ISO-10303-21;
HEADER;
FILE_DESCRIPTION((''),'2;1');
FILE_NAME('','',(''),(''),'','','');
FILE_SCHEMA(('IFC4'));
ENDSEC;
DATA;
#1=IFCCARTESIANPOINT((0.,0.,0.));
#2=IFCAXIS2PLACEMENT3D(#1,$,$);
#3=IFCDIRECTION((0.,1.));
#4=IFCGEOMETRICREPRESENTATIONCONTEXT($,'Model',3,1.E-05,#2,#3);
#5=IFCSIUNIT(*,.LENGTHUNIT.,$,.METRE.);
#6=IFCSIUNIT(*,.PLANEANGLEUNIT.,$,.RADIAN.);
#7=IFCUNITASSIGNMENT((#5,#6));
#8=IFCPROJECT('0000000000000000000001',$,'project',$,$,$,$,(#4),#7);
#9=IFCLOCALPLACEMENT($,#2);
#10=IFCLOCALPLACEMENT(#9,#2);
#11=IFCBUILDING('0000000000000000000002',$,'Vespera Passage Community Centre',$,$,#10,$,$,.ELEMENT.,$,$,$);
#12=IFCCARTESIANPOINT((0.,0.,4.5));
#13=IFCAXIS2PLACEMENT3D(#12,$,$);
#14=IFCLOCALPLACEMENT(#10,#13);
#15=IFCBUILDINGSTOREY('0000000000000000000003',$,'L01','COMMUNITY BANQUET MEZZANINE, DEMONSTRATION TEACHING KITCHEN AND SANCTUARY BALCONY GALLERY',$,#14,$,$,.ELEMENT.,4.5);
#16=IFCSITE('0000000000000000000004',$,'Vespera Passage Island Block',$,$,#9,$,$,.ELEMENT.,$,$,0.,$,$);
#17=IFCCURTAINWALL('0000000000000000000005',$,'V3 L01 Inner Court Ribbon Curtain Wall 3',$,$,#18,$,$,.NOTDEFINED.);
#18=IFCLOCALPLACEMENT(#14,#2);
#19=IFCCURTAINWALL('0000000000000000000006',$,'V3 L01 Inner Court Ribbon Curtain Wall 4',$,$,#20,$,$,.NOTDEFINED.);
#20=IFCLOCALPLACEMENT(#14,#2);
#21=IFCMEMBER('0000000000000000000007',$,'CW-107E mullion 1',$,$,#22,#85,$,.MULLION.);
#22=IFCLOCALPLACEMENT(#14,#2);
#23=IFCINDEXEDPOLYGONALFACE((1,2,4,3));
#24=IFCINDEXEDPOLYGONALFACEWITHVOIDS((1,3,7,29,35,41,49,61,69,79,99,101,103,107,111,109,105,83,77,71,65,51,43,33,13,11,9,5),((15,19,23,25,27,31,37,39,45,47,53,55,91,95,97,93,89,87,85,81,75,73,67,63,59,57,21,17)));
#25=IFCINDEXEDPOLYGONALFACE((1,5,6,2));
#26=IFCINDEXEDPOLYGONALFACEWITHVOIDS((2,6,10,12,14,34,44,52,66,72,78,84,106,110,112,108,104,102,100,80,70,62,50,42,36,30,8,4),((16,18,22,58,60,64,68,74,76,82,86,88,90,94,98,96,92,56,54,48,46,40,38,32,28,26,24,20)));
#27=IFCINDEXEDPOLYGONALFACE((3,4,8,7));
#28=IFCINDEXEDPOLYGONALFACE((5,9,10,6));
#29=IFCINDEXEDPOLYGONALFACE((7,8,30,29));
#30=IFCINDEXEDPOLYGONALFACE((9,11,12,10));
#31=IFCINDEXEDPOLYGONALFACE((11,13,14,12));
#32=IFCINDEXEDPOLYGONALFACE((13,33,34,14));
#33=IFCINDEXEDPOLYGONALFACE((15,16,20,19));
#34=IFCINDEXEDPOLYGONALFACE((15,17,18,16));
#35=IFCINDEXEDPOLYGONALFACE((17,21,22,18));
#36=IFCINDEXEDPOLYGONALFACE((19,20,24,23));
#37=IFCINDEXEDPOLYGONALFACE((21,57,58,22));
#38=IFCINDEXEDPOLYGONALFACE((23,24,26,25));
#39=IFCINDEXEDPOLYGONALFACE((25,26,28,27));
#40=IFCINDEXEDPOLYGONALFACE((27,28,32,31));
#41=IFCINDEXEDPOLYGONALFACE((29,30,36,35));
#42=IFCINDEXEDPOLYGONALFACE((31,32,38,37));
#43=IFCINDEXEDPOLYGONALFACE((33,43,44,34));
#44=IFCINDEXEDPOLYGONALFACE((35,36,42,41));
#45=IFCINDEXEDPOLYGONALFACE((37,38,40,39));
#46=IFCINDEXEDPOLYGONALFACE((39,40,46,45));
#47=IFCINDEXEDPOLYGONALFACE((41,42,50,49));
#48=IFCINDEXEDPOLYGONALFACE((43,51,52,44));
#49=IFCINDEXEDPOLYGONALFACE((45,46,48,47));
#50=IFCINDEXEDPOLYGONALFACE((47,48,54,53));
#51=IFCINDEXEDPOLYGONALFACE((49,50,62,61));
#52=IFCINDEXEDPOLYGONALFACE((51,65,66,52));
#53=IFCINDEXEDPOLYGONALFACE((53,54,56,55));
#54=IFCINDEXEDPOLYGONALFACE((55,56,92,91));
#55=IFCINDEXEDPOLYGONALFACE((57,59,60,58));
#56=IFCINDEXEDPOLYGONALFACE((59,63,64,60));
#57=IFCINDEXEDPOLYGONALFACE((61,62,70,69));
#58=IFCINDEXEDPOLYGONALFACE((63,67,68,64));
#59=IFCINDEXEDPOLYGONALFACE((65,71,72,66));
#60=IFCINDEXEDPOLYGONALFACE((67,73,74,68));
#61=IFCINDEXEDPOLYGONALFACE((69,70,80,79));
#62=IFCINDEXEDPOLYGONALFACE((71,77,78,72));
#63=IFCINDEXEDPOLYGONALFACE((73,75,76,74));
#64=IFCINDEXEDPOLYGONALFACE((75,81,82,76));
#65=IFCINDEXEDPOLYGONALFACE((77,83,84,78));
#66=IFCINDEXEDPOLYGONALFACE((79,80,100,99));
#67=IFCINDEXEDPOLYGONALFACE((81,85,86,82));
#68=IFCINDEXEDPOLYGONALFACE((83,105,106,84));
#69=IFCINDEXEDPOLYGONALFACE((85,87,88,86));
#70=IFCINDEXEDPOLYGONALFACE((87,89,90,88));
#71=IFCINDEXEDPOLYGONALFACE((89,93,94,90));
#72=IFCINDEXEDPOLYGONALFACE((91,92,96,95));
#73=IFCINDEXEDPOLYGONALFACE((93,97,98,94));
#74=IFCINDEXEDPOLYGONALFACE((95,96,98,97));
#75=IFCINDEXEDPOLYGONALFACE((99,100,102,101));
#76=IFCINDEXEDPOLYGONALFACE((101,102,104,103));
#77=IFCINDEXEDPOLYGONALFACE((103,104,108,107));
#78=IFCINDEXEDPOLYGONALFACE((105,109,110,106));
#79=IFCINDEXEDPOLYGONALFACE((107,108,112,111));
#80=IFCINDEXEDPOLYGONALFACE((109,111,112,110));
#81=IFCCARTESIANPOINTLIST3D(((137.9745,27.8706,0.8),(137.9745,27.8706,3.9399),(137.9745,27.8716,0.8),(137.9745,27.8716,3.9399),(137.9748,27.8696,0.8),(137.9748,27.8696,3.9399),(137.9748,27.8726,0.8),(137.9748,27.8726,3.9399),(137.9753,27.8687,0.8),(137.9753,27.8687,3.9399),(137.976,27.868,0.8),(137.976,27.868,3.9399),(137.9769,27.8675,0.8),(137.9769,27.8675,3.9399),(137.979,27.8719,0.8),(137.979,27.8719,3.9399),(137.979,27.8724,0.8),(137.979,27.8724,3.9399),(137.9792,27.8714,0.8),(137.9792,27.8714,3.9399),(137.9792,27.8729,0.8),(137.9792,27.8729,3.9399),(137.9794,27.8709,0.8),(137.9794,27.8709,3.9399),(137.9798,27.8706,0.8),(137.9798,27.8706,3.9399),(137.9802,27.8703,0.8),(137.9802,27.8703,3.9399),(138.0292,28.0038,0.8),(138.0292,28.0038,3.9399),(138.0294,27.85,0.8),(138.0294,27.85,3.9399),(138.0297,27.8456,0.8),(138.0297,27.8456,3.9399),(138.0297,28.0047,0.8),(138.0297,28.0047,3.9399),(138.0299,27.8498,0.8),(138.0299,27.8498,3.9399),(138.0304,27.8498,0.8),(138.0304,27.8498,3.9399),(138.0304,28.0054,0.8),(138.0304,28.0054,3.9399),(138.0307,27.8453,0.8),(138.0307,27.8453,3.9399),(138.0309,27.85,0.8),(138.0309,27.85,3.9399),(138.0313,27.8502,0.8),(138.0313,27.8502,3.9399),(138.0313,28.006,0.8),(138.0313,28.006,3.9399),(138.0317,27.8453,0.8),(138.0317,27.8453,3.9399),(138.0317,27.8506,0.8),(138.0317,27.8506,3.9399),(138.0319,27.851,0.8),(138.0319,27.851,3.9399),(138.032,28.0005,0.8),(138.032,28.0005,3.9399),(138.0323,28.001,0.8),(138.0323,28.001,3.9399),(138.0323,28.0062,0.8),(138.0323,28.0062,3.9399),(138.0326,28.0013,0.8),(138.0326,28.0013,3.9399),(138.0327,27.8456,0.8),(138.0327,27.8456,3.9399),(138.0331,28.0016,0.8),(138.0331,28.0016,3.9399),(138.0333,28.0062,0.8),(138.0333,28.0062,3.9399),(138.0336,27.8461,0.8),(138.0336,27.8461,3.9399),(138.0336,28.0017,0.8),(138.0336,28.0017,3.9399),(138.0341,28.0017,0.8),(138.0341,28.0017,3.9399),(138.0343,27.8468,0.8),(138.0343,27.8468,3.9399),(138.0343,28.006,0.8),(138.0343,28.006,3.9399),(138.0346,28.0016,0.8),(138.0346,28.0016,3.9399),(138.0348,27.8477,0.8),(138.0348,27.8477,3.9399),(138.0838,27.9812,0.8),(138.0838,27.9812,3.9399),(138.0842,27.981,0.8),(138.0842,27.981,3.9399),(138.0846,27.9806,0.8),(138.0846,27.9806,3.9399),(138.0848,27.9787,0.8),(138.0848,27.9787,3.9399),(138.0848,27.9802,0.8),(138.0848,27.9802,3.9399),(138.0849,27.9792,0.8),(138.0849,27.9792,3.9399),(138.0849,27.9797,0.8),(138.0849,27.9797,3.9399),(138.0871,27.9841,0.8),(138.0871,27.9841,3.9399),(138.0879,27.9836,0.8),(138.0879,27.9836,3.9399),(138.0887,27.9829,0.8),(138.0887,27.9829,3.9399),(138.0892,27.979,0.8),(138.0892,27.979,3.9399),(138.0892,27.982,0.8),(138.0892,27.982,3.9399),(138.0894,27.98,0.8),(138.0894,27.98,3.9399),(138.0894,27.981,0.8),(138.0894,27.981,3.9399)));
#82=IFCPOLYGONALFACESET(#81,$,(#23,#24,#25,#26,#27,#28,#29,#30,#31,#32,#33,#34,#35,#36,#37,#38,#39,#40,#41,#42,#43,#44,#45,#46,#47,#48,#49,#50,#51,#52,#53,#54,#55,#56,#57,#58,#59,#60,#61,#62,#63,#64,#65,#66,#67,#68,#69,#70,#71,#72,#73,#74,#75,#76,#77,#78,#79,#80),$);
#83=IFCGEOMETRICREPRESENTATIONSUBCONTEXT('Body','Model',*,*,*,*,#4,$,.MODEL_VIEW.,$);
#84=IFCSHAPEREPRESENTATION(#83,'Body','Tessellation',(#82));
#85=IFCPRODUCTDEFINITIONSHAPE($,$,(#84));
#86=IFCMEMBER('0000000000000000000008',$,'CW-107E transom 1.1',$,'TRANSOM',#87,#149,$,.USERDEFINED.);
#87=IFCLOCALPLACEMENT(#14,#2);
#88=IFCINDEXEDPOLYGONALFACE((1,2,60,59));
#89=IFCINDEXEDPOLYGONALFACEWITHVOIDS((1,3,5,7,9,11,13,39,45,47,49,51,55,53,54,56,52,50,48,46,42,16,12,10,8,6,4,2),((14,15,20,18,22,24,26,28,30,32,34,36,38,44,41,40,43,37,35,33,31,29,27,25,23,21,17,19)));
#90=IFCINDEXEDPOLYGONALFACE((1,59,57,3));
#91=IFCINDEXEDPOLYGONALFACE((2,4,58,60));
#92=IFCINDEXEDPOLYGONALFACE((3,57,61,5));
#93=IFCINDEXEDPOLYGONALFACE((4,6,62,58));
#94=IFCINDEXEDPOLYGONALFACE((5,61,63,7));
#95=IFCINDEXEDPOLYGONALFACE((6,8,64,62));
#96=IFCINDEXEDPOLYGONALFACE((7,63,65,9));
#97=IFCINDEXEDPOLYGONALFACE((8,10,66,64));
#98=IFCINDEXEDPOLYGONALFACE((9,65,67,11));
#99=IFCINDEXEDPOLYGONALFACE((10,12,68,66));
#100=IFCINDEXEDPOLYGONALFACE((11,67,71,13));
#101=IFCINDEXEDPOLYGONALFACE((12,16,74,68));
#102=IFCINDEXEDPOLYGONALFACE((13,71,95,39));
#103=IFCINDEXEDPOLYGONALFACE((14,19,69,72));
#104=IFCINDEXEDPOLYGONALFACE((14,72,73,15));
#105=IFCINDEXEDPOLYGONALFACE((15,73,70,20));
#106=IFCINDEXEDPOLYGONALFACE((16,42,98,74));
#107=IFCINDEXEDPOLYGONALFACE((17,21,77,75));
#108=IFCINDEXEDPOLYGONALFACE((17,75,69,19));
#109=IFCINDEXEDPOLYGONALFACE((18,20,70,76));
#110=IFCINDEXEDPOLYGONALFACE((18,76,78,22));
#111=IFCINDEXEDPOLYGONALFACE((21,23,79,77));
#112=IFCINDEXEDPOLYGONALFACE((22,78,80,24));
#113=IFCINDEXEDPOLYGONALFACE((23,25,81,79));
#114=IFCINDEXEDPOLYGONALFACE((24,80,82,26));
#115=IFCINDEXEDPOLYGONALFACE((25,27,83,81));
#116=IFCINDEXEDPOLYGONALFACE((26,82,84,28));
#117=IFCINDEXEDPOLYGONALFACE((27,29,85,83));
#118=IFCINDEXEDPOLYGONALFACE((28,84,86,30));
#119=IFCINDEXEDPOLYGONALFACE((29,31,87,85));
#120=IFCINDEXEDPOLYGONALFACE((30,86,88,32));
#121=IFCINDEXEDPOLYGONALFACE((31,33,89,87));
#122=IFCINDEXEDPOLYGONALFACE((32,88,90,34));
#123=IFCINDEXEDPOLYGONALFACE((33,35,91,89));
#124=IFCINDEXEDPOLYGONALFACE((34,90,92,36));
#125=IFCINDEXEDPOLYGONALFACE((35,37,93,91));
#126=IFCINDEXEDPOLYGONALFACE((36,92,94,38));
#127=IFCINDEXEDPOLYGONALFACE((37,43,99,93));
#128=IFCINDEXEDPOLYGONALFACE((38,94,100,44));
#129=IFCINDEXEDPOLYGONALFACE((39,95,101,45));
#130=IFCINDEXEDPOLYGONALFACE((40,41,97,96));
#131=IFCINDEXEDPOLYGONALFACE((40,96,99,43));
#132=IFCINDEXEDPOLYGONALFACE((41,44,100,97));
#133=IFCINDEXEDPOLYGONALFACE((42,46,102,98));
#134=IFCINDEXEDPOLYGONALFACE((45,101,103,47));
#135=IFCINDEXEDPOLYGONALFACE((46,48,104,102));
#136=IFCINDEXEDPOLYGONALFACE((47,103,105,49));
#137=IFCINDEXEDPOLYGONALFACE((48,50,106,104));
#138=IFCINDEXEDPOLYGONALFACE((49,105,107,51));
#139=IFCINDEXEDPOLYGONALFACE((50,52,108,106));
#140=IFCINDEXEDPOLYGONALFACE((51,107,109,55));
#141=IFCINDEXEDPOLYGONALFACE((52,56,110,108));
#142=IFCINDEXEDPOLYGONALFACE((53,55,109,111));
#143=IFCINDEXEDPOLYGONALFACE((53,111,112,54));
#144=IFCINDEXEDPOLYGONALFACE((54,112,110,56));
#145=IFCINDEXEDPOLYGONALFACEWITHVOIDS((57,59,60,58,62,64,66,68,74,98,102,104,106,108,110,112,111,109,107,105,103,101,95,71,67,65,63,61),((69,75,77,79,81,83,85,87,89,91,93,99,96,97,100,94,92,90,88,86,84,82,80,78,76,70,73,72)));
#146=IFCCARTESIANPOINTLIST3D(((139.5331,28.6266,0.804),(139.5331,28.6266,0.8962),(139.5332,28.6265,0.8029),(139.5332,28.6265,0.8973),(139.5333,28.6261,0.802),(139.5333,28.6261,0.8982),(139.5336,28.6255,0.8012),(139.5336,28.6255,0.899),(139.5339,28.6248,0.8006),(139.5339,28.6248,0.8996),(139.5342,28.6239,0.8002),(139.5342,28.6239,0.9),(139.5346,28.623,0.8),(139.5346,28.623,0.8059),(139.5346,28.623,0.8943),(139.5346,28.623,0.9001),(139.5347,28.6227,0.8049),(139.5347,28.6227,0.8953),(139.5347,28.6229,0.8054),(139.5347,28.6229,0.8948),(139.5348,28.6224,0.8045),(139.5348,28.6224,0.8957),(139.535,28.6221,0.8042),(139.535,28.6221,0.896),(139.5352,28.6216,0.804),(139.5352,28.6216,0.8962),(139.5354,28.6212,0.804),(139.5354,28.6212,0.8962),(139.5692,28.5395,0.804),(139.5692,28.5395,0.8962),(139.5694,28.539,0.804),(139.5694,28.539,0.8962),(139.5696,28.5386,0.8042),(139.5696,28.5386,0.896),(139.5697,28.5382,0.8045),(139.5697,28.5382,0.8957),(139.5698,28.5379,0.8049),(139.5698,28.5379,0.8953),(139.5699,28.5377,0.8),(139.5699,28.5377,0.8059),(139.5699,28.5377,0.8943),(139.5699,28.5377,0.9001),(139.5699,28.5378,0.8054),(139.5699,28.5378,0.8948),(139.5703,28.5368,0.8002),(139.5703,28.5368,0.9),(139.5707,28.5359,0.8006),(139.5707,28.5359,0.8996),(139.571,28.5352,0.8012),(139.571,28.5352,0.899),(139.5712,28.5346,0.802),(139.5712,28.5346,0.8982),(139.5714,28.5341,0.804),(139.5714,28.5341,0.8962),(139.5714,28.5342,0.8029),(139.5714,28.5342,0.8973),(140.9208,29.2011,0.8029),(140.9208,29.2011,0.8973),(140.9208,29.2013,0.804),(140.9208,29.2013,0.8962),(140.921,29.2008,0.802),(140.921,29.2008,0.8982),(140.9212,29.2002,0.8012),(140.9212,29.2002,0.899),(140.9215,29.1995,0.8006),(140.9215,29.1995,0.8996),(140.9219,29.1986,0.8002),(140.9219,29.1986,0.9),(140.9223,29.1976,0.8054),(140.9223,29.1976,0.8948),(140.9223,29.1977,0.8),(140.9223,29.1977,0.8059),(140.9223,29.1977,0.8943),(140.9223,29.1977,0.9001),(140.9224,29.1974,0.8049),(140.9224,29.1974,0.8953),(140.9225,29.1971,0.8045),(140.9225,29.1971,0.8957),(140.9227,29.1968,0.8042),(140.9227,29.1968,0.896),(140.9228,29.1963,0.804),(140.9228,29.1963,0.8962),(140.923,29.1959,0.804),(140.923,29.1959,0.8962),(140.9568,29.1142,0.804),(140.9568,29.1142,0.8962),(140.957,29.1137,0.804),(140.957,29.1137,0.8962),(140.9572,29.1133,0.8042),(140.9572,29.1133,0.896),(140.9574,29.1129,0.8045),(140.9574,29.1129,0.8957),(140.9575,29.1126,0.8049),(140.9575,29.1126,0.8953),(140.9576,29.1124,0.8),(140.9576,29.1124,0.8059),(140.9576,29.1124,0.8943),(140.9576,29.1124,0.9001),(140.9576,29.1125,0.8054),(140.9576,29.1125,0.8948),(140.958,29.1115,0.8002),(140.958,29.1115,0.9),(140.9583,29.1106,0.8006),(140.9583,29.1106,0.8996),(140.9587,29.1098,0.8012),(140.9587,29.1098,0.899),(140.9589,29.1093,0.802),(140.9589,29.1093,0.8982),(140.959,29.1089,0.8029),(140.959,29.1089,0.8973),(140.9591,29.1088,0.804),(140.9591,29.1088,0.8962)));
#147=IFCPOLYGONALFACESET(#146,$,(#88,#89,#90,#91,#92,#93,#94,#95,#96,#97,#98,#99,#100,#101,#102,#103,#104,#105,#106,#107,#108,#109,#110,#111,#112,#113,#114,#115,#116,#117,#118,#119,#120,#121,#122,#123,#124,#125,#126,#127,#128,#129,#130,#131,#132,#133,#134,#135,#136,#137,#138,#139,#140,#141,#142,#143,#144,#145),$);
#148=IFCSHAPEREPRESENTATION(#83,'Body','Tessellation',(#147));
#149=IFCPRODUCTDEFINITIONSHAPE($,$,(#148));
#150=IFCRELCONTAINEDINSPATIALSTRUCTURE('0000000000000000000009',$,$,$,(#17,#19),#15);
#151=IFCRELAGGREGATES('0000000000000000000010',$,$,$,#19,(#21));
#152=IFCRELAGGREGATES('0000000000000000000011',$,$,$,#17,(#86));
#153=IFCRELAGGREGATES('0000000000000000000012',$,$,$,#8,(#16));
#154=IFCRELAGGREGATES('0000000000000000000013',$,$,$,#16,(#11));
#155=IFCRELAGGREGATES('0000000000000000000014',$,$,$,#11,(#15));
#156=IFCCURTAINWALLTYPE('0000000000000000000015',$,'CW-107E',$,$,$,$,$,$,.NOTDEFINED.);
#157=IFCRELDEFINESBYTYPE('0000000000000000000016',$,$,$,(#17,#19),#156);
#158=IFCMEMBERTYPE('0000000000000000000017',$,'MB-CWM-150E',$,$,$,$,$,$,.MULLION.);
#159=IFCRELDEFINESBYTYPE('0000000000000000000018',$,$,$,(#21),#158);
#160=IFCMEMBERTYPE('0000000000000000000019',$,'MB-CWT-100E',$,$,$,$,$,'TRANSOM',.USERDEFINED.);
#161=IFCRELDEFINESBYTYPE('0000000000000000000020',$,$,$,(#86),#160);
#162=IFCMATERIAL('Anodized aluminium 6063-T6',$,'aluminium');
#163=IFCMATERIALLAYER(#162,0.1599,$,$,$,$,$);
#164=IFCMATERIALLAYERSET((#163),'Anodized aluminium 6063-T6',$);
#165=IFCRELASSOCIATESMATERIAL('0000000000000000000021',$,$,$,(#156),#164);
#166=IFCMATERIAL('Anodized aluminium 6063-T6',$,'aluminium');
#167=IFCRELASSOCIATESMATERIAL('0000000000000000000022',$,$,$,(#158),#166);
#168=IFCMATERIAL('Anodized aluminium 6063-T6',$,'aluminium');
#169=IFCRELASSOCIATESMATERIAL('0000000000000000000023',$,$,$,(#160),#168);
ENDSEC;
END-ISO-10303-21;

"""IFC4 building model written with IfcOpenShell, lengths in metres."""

from ifc_helpers import new_model, si_unit, direction, frame, origin, origin_2d, place, context, subcontext, project, spatial, hollow_rectangle, extrude, material, layer, layer_set, material_profile, profile_set, type_object, element, aggregate, save


model = new_model("IFC4")

# Units and contexts
model_context = context("Model", 3, precision=1e-05, world=origin(), true_north=direction((0.0, 1.0)))
body_context = subcontext(model_context, "Body", "Model", "MODEL_VIEW")
ifc_project = project(units=[si_unit("LENGTHUNIT", "METRE"), si_unit("PLANEANGLEUNIT", "RADIAN")], contexts=[model_context])

# Site, building, storey
site_placement = place(None, origin())
site = spatial("IfcSite", under=ifc_project, at=site_placement, Name="Vespera Passage Island Block", CompositionType="ELEMENT", RefElevation=0.0)
building_placement = place(site_placement, origin())
building = spatial("IfcBuilding", under=site, at=building_placement, Name="Vespera Passage Community Centre", CompositionType="ELEMENT")
storey_placement = place(building_placement, frame((0.0, 0.0, 4.5)))
storey = spatial("IfcBuildingStorey", under=building, at=storey_placement, Name="L01", Description="COMMUNITY BANQUET MEZZANINE, DEMONSTRATION TEACHING KITCHEN AND SANCTUARY BALCONY GALLERY", CompositionType="ELEMENT", Elevation=4.5)

# Curtain wall
ifc_material_1 = material(Name="Anodized aluminium 6063-T6", Category="aluminium")
ifc_layer_1 = layer(ifc_material_1, 0.1599)
ifc_layer_set_1 = layer_set([ifc_layer_1], Name="Anodized aluminium 6063-T6")
curtain_wall_type = type_object("IfcCurtainWallType", Name="CW-107E", PredefinedType="NOTDEFINED", material=ifc_layer_set_1)
curtain_wall_1_placement = place(storey_placement, origin())
curtain_wall_1 = element("IfcCurtainWall", 1, at=curtain_wall_1_placement, inside=storey, type_object=curtain_wall_type, Name="V3 L01 Inner Court Ribbon Curtain Wall 3", PredefinedType="NOTDEFINED")
ifc_material_2 = material(Name="Anodized aluminium 6063-T6", Category="aluminium")
ifc_material_profile_1 = material_profile(ifc_material_2, hollow_rectangle(XDim=0.0649, YDim=0.1499, WallThickness=0.0039, InnerFilletRadius=0.002, OuterFilletRadius=0.0039, at=origin_2d()), Name="ALU150X65X4")
ifc_profile_set_1 = profile_set([ifc_material_profile_1], Name="Anodized aluminium 6063-T6")
member_type_1 = type_object("IfcMemberType", Name="MB-CWM-150E", PredefinedType="MULLION", material=ifc_profile_set_1)

# Curtain wall, member
curtain_wall_2_placement = place(storey_placement, origin())
curtain_wall_2 = element("IfcCurtainWall", 2, at=curtain_wall_2_placement, inside=storey, type_object=curtain_wall_type, Name="V3 L01 Inner Court Ribbon Curtain Wall 4", PredefinedType="NOTDEFINED")
member_1_placement = place(storey_placement, frame((138.032, 27.9258, 0.8), z_axis=(0.0, 0.0, 1.0), x_axis=(0.923879, -0.382686, 0.0)))
member_1 = element("IfcMember", 3, at=member_1_placement, type_object=member_type_1, Name="CW-107E mullion 1", PredefinedType="MULLION", context=body_context, shape_type="SweptSolid", body=[
    extrude(hollow_rectangle(XDim=0.0649, YDim=0.1499, WallThickness=0.0039, InnerFilletRadius=0.002, OuterFilletRadius=0.0039, at=origin_2d()), origin(), (0.0, 0.0, 1.0), 3.1399),
])

# Member
ifc_material_3 = material(Name="Anodized aluminium 6063-T6", Category="aluminium")
ifc_material_profile_2 = material_profile(ifc_material_3, hollow_rectangle(XDim=0.1001, YDim=0.1001, WallThickness=0.0039, InnerFilletRadius=0.002, OuterFilletRadius=0.0039, at=origin_2d()), Name="ALU100X100X4")
ifc_profile_set_2 = profile_set([ifc_material_profile_2], Name="Anodized aluminium 6063-T6")
member_type_2 = type_object("IfcMemberType", Name="MB-CWT-100E", ElementType="TRANSOM", PredefinedType="USERDEFINED", material=ifc_profile_set_2)
member_2_placement = place(storey_placement, frame((140.9399, 29.155, 0.8501), z_axis=(-0.923902, -0.382629, 0.0), x_axis=(0.382629, -0.923902, 0.0)))
member_2 = element("IfcMember", 4, at=member_2_placement, type_object=member_type_2, Name="CW-107E transom 1.1", ObjectType="TRANSOM", PredefinedType="USERDEFINED", context=body_context, shape_type="SweptSolid", body=[
    extrude(hollow_rectangle(XDim=0.1001, YDim=0.1001, WallThickness=0.0039, InnerFilletRadius=0.002, OuterFilletRadius=0.0039, at=origin_2d()), origin(), (0.0, 0.0, 1.0), 1.502),
])
aggregate(curtain_wall_2, [member_1])

aggregate(curtain_wall_1, [member_2])

save(model, "model.ifc")
